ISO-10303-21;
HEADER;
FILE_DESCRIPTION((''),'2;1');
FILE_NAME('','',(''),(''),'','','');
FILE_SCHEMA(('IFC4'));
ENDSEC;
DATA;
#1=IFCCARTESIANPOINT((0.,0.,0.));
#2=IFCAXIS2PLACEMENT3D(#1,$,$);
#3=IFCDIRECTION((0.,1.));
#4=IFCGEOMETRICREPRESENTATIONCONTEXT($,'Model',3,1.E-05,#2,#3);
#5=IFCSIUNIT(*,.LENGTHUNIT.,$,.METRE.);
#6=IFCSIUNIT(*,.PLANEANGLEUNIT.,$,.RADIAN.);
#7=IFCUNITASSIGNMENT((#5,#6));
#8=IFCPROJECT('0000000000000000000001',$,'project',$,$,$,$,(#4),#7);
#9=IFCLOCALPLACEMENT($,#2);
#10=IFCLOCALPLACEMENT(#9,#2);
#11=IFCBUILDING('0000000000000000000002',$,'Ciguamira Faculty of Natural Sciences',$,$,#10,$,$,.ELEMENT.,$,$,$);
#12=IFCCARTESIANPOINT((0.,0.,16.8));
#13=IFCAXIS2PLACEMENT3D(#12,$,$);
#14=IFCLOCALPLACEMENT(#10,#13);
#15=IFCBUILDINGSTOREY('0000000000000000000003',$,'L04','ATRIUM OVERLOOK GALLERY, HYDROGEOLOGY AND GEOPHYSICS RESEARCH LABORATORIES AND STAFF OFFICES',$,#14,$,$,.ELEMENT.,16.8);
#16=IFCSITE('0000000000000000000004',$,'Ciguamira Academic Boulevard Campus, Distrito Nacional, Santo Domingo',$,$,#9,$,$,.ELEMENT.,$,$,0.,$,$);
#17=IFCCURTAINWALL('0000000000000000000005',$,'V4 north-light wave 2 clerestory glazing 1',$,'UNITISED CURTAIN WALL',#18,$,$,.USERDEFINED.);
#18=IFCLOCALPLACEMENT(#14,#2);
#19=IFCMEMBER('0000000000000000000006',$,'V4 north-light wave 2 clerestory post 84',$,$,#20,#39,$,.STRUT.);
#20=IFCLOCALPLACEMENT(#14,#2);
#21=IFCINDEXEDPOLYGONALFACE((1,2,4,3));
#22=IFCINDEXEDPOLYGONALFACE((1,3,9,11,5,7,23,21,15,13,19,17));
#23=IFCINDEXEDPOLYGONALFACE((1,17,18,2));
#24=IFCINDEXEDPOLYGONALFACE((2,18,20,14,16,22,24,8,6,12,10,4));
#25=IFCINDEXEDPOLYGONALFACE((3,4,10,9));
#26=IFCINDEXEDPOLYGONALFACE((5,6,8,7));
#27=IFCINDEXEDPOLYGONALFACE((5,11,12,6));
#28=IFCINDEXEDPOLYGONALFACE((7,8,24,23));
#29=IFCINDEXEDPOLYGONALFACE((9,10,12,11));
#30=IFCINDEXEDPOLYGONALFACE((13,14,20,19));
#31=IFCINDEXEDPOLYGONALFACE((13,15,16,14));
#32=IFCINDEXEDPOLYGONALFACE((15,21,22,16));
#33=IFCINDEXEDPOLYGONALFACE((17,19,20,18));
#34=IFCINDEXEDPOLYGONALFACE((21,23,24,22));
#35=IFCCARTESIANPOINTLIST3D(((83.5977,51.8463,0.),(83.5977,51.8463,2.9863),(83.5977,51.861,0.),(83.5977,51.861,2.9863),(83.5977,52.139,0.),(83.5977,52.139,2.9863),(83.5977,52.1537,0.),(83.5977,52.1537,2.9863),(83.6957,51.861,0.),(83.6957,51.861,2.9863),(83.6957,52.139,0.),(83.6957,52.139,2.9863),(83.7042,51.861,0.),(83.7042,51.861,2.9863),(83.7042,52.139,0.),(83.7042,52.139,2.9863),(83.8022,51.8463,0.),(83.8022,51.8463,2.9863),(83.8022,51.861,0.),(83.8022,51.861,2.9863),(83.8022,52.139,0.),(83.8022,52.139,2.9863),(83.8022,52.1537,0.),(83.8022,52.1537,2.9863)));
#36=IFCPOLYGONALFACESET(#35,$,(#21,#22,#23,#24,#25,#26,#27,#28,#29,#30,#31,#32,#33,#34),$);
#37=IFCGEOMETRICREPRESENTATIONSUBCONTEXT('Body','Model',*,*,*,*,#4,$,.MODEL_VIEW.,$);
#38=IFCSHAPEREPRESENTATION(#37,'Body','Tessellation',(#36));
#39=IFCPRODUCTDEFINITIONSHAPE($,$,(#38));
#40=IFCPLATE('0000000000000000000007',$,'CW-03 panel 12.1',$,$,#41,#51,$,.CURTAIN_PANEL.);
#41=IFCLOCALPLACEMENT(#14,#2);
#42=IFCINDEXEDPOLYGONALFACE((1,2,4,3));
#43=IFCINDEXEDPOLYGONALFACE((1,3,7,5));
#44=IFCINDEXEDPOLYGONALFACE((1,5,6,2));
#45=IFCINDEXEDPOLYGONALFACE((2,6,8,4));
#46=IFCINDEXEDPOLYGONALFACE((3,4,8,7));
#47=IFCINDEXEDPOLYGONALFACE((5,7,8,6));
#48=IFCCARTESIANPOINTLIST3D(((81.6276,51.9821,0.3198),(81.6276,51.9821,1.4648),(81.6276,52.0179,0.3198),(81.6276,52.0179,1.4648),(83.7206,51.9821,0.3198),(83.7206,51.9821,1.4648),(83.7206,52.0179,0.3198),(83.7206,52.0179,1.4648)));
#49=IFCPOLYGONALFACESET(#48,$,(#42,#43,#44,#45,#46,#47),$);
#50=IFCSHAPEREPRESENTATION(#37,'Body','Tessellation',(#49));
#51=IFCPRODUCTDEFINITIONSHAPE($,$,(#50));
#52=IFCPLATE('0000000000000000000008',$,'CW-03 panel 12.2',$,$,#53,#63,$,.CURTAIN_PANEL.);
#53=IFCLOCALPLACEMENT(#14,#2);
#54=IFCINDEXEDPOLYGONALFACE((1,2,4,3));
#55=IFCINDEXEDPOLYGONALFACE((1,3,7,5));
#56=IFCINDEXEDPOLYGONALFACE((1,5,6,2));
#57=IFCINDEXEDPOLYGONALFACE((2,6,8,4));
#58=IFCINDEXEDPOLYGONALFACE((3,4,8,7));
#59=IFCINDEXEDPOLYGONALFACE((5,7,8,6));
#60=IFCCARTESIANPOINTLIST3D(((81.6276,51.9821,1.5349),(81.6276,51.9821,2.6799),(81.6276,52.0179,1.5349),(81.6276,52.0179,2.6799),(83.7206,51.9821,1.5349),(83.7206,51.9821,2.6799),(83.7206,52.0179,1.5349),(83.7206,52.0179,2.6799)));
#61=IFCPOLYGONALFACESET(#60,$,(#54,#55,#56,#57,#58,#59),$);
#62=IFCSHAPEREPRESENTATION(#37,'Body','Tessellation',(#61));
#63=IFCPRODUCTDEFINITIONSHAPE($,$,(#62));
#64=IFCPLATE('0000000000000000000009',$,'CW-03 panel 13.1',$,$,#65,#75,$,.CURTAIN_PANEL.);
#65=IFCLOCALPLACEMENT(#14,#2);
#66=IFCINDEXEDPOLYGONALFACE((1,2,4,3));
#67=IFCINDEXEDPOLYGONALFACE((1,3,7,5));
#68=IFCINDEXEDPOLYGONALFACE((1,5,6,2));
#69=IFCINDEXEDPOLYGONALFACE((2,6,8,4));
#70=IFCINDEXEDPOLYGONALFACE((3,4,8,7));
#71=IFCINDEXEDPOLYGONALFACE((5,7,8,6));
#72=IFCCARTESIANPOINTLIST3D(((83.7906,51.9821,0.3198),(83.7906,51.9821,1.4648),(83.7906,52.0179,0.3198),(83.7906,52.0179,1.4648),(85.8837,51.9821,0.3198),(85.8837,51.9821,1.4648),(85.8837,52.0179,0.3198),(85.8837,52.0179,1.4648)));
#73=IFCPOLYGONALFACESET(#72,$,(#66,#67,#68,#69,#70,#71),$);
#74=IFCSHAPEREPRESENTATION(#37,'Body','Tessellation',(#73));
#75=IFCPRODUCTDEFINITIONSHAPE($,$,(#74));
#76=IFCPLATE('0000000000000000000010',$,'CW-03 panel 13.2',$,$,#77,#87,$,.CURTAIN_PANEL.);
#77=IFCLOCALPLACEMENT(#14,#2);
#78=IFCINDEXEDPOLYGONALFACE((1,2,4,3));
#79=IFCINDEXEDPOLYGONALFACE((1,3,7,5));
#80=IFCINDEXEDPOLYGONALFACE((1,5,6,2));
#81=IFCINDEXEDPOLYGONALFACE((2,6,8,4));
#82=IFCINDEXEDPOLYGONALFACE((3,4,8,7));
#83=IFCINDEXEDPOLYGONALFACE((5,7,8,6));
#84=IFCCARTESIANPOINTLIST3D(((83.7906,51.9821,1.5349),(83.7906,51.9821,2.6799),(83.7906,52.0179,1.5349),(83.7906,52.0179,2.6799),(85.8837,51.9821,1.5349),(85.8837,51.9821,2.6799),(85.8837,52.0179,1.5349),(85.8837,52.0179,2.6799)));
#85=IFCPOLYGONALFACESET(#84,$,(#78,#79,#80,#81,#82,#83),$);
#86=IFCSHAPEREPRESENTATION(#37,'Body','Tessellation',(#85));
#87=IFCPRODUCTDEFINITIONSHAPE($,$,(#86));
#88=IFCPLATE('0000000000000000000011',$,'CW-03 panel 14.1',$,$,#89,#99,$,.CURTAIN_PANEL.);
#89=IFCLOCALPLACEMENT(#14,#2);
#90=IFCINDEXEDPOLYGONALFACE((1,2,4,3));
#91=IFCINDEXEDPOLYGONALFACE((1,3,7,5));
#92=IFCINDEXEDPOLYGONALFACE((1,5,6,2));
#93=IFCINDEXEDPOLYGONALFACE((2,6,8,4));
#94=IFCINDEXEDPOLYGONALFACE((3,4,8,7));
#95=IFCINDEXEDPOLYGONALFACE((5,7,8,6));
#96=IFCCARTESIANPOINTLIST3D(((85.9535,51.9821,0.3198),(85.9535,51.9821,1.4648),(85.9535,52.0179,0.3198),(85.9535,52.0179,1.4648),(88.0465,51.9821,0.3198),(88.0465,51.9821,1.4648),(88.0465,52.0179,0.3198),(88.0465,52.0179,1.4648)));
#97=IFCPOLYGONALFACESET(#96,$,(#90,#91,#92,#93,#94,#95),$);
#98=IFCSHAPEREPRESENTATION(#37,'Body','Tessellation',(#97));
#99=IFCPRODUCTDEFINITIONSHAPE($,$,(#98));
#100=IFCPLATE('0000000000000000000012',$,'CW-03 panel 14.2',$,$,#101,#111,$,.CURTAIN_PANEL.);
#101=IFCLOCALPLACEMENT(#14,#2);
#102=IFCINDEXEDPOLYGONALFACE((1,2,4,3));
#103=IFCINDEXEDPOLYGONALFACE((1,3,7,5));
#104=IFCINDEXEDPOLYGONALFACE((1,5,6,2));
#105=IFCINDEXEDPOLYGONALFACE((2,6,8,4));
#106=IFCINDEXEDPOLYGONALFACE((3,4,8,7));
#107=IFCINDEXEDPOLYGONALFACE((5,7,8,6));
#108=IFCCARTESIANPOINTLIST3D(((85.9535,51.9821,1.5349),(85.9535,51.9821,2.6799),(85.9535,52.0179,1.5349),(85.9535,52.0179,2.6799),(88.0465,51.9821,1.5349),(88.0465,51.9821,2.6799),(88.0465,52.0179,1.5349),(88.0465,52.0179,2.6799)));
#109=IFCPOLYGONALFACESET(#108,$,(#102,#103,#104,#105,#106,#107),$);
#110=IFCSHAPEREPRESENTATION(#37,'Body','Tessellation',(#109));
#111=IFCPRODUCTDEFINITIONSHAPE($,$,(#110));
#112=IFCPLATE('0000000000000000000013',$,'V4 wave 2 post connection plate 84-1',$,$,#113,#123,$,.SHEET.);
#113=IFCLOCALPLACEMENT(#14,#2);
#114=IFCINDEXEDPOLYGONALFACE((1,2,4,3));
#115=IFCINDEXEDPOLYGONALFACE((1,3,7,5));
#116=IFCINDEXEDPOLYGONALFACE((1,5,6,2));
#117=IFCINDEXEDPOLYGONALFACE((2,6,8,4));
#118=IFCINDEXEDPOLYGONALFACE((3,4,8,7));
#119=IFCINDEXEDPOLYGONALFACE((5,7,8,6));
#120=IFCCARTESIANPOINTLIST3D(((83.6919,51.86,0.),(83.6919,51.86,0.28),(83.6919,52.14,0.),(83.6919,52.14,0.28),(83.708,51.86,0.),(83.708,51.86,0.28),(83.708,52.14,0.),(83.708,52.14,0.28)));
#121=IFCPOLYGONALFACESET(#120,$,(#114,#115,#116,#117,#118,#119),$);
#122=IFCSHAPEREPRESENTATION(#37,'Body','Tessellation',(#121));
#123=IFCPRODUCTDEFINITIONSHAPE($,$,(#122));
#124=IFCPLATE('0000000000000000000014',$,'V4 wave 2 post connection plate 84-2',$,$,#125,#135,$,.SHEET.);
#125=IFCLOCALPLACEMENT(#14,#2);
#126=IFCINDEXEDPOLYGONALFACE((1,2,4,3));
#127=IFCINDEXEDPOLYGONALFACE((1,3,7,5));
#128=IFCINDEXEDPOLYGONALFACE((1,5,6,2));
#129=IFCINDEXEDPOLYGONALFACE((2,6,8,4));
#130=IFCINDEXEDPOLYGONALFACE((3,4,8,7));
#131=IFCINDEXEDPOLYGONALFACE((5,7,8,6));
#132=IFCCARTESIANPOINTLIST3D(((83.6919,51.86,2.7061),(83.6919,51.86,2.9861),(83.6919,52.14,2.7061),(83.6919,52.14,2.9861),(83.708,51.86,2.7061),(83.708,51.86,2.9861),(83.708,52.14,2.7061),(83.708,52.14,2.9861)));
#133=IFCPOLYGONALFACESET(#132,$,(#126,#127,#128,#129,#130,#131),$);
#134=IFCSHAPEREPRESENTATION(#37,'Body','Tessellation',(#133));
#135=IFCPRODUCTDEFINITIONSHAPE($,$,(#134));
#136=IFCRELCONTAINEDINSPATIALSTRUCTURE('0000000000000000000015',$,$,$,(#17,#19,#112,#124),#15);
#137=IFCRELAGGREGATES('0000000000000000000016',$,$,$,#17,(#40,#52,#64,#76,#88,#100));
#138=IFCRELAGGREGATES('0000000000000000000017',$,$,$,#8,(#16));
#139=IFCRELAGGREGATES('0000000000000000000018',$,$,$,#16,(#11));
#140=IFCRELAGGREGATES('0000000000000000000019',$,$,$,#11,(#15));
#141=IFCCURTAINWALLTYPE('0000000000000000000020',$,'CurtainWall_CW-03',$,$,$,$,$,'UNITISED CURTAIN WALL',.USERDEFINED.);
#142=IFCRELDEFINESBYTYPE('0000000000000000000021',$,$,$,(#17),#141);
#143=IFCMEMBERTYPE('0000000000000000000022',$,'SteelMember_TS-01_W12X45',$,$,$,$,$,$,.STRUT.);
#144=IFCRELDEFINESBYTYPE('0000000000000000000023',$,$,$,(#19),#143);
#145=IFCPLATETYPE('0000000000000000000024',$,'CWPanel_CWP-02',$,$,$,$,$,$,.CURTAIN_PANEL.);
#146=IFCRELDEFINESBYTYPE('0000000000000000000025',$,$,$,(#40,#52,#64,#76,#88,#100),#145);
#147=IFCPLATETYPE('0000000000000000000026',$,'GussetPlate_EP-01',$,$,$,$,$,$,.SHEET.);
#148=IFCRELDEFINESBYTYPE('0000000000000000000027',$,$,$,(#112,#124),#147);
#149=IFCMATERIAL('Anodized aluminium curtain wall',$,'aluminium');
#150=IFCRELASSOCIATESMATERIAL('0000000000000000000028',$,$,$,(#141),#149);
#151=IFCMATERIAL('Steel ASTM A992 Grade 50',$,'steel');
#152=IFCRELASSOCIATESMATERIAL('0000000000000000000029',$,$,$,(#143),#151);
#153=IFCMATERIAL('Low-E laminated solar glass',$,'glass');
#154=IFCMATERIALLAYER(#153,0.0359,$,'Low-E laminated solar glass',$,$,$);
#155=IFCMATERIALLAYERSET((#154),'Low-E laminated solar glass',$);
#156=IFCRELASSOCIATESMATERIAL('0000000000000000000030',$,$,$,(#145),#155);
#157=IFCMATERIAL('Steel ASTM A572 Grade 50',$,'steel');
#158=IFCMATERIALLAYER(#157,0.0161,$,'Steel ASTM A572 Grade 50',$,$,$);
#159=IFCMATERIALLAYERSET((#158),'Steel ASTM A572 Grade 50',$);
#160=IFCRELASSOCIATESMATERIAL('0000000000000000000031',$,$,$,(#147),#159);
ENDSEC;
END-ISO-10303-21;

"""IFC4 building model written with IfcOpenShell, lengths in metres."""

from ifc_helpers import new_model, si_unit, direction, frame, origin, origin_2d, place, context, subcontext, project, spatial, rectangle, i_section, extrude, material, layer, layer_set, material_profile, profile_set, type_object, element, aggregate, save


model = new_model("IFC4")

# Units and contexts
model_context = context("Model", 3, precision=1e-05, world=origin(), true_north=direction((0.0, 1.0)))
body_context = subcontext(model_context, "Body", "Model", "MODEL_VIEW")
ifc_project = project(units=[si_unit("LENGTHUNIT", "METRE"), si_unit("PLANEANGLEUNIT", "RADIAN")], contexts=[model_context])

# Site, building, storey
site_placement = place(None, origin())
site = spatial("IfcSite", under=ifc_project, at=site_placement, Name="Ciguamira Academic Boulevard Campus, Distrito Nacional, Santo Domingo", CompositionType="ELEMENT", RefElevation=0.0)
building_placement = place(site_placement, origin())
building = spatial("IfcBuilding", under=site, at=building_placement, Name="Ciguamira Faculty of Natural Sciences", CompositionType="ELEMENT")
storey_placement = place(building_placement, frame((0.0, 0.0, 16.8)))
storey = spatial("IfcBuildingStorey", under=building, at=storey_placement, Name="L04", Description="ATRIUM OVERLOOK GALLERY, HYDROGEOLOGY AND GEOPHYSICS RESEARCH LABORATORIES AND STAFF OFFICES", CompositionType="ELEMENT", Elevation=16.8)

# Curtain wall
ifc_material_1 = material(Name="Anodized aluminium curtain wall", Category="aluminium")
curtain_wall_type_1 = type_object("IfcCurtainWallType", Name="CurtainWall_CW-03", ElementType="UNITISED CURTAIN WALL", PredefinedType="USERDEFINED", material=ifc_material_1)
curtain_wall_1_placement = place(storey_placement, origin())
curtain_wall_1 = element("IfcCurtainWall", 1, at=curtain_wall_1_placement, inside=storey, type_object=curtain_wall_type_1, Name="V4 north-light wave 2 clerestory glazing 1", ObjectType="UNITISED CURTAIN WALL", PredefinedType="USERDEFINED")

# Member
ifc_material_2 = material(Name="Steel ASTM A992 Grade 50", Category="steel")
ifc_material_profile_1 = material_profile(ifc_material_2, i_section(OverallWidth=0.2046, OverallDepth=0.3074, WebThickness=0.0085, FlangeThickness=0.0146, at=origin_2d()), Name="W12X45")
ifc_profile_set_1 = profile_set([ifc_material_profile_1], Name="Steel ASTM A992 Grade 50")
member_type_1 = type_object("IfcMemberType", Name="SteelMember_TS-01_W12X45", PredefinedType="STRUT", material=ifc_profile_set_1)
member_1_placement = place(storey_placement, frame((83.7, 52.0, 0.0), z_axis=(0.0, 0.0, 1.0), x_axis=(1.0, 0.0, 0.0)))
element("IfcMember", 2, at=member_1_placement, inside=storey, type_object=member_type_1, Name="V4 north-light wave 2 clerestory post 84", PredefinedType="STRUT", context=body_context, shape_type="SweptSolid", body=[
    extrude(i_section(OverallWidth=0.2046, OverallDepth=0.3074, WebThickness=0.0085, FlangeThickness=0.0146, at=origin_2d()), origin(), (0.0, 0.0, 1.0), 2.9863),
])

# Plates
ifc_material_3 = material(Name="Low-E laminated solar glass", Category="glass")
ifc_layer_1 = layer(ifc_material_3, 0.0359, Name="Low-E laminated solar glass")
ifc_layer_set_1 = layer_set([ifc_layer_1], Name="Low-E laminated solar glass")
plate_type_1 = type_object("IfcPlateType", Name="CWPanel_CWP-02", PredefinedType="CURTAIN_PANEL", material=ifc_layer_set_1)
plate_1_placement = place(storey_placement, frame((82.6741, 52.0, 0.3198), z_axis=(0.0, 0.0, 1.0), x_axis=(1.0, 0.0, 0.0)))
plate_1 = element("IfcPlate", 3, at=plate_1_placement, type_object=plate_type_1, Name="CW-03 panel 12.1", PredefinedType="CURTAIN_PANEL", context=body_context, shape_type="SweptSolid", body=[
    extrude(rectangle(XDim=2.093, YDim=0.0359, at=origin_2d()), origin(), (0.0, 0.0, 1.0), 1.145),
])
plate_2_placement = place(storey_placement, frame((82.6741, 52.0, 1.5349), z_axis=(0.0, 0.0, 1.0), x_axis=(1.0, 0.0, 0.0)))
plate_2 = element("IfcPlate", 4, at=plate_2_placement, type_object=plate_type_1, Name="CW-03 panel 12.2", PredefinedType="CURTAIN_PANEL", context=body_context, shape_type="SweptSolid", body=[
    extrude(rectangle(XDim=2.093, YDim=0.0359, at=origin_2d()), origin(), (0.0, 0.0, 1.0), 1.145),
])
plate_3_placement = place(storey_placement, frame((84.8372, 52.0, 0.3198), z_axis=(0.0, 0.0, 1.0), x_axis=(1.0, 0.0, 0.0)))
plate_3 = element("IfcPlate", 5, at=plate_3_placement, type_object=plate_type_1, Name="CW-03 panel 13.1", PredefinedType="CURTAIN_PANEL", context=body_context, shape_type="SweptSolid", body=[
    extrude(rectangle(XDim=2.093, YDim=0.0359, at=origin_2d()), origin(), (0.0, 0.0, 1.0), 1.145),
])
plate_4_placement = place(storey_placement, frame((84.8372, 52.0, 1.5349), z_axis=(0.0, 0.0, 1.0), x_axis=(1.0, 0.0, 0.0)))
plate_4 = element("IfcPlate", 6, at=plate_4_placement, type_object=plate_type_1, Name="CW-03 panel 13.2", PredefinedType="CURTAIN_PANEL", context=body_context, shape_type="SweptSolid", body=[
    extrude(rectangle(XDim=2.093, YDim=0.0359, at=origin_2d()), origin(), (0.0, 0.0, 1.0), 1.145),
])
plate_5_placement = place(storey_placement, frame((87.0, 52.0, 0.3198), z_axis=(0.0, 0.0, 1.0), x_axis=(1.0, 0.0, 0.0)))
plate_5 = element("IfcPlate", 7, at=plate_5_placement, type_object=plate_type_1, Name="CW-03 panel 14.1", PredefinedType="CURTAIN_PANEL", context=body_context, shape_type="SweptSolid", body=[
    extrude(rectangle(XDim=2.093, YDim=0.0359, at=origin_2d()), origin(), (0.0, 0.0, 1.0), 1.145),
])
plate_6_placement = place(storey_placement, frame((87.0, 52.0, 1.5349), z_axis=(0.0, 0.0, 1.0), x_axis=(1.0, 0.0, 0.0)))
plate_6 = element("IfcPlate", 8, at=plate_6_placement, type_object=plate_type_1, Name="CW-03 panel 14.2", PredefinedType="CURTAIN_PANEL", context=body_context, shape_type="SweptSolid", body=[
    extrude(rectangle(XDim=2.093, YDim=0.0359, at=origin_2d()), origin(), (0.0, 0.0, 1.0), 1.145),
])
aggregate(curtain_wall_1, [plate_1, plate_2, plate_3, plate_4, plate_5, plate_6])

# Plates
ifc_material_4 = material(Name="Steel ASTM A572 Grade 50", Category="steel")
ifc_layer_2 = layer(ifc_material_4, 0.0161, Name="Steel ASTM A572 Grade 50")
ifc_layer_set_2 = layer_set([ifc_layer_2], Name="Steel ASTM A572 Grade 50")
plate_type_2 = type_object("IfcPlateType", Name="GussetPlate_EP-01", PredefinedType="SHEET", material=ifc_layer_set_2)
for number, where, z_axis, x_axis, name in (
    (9, (83.7, 52.0, 0.0), (0.0, 0.0, 1.0), (1.0, 0.0, 0.0), "V4 wave 2 post connection plate 84-1"),
    (10, (83.7, 52.0, 2.7061), (0.0, 0.0, 1.0), (1.0, 0.0, 0.0), "V4 wave 2 post connection plate 84-2"),
):
    element("IfcPlate", number, at=place(storey_placement, frame(where, z_axis=z_axis, x_axis=x_axis)), inside=storey, type_object=plate_type_2, Name=name, PredefinedType="SHEET", context=body_context, shape_type="SweptSolid", body=[
        extrude(rectangle(XDim=0.0161, YDim=0.28, at=origin_2d()), origin(), (0.0, 0.0, 1.0), 0.28),
    ])

save(model, "model.ifc")
